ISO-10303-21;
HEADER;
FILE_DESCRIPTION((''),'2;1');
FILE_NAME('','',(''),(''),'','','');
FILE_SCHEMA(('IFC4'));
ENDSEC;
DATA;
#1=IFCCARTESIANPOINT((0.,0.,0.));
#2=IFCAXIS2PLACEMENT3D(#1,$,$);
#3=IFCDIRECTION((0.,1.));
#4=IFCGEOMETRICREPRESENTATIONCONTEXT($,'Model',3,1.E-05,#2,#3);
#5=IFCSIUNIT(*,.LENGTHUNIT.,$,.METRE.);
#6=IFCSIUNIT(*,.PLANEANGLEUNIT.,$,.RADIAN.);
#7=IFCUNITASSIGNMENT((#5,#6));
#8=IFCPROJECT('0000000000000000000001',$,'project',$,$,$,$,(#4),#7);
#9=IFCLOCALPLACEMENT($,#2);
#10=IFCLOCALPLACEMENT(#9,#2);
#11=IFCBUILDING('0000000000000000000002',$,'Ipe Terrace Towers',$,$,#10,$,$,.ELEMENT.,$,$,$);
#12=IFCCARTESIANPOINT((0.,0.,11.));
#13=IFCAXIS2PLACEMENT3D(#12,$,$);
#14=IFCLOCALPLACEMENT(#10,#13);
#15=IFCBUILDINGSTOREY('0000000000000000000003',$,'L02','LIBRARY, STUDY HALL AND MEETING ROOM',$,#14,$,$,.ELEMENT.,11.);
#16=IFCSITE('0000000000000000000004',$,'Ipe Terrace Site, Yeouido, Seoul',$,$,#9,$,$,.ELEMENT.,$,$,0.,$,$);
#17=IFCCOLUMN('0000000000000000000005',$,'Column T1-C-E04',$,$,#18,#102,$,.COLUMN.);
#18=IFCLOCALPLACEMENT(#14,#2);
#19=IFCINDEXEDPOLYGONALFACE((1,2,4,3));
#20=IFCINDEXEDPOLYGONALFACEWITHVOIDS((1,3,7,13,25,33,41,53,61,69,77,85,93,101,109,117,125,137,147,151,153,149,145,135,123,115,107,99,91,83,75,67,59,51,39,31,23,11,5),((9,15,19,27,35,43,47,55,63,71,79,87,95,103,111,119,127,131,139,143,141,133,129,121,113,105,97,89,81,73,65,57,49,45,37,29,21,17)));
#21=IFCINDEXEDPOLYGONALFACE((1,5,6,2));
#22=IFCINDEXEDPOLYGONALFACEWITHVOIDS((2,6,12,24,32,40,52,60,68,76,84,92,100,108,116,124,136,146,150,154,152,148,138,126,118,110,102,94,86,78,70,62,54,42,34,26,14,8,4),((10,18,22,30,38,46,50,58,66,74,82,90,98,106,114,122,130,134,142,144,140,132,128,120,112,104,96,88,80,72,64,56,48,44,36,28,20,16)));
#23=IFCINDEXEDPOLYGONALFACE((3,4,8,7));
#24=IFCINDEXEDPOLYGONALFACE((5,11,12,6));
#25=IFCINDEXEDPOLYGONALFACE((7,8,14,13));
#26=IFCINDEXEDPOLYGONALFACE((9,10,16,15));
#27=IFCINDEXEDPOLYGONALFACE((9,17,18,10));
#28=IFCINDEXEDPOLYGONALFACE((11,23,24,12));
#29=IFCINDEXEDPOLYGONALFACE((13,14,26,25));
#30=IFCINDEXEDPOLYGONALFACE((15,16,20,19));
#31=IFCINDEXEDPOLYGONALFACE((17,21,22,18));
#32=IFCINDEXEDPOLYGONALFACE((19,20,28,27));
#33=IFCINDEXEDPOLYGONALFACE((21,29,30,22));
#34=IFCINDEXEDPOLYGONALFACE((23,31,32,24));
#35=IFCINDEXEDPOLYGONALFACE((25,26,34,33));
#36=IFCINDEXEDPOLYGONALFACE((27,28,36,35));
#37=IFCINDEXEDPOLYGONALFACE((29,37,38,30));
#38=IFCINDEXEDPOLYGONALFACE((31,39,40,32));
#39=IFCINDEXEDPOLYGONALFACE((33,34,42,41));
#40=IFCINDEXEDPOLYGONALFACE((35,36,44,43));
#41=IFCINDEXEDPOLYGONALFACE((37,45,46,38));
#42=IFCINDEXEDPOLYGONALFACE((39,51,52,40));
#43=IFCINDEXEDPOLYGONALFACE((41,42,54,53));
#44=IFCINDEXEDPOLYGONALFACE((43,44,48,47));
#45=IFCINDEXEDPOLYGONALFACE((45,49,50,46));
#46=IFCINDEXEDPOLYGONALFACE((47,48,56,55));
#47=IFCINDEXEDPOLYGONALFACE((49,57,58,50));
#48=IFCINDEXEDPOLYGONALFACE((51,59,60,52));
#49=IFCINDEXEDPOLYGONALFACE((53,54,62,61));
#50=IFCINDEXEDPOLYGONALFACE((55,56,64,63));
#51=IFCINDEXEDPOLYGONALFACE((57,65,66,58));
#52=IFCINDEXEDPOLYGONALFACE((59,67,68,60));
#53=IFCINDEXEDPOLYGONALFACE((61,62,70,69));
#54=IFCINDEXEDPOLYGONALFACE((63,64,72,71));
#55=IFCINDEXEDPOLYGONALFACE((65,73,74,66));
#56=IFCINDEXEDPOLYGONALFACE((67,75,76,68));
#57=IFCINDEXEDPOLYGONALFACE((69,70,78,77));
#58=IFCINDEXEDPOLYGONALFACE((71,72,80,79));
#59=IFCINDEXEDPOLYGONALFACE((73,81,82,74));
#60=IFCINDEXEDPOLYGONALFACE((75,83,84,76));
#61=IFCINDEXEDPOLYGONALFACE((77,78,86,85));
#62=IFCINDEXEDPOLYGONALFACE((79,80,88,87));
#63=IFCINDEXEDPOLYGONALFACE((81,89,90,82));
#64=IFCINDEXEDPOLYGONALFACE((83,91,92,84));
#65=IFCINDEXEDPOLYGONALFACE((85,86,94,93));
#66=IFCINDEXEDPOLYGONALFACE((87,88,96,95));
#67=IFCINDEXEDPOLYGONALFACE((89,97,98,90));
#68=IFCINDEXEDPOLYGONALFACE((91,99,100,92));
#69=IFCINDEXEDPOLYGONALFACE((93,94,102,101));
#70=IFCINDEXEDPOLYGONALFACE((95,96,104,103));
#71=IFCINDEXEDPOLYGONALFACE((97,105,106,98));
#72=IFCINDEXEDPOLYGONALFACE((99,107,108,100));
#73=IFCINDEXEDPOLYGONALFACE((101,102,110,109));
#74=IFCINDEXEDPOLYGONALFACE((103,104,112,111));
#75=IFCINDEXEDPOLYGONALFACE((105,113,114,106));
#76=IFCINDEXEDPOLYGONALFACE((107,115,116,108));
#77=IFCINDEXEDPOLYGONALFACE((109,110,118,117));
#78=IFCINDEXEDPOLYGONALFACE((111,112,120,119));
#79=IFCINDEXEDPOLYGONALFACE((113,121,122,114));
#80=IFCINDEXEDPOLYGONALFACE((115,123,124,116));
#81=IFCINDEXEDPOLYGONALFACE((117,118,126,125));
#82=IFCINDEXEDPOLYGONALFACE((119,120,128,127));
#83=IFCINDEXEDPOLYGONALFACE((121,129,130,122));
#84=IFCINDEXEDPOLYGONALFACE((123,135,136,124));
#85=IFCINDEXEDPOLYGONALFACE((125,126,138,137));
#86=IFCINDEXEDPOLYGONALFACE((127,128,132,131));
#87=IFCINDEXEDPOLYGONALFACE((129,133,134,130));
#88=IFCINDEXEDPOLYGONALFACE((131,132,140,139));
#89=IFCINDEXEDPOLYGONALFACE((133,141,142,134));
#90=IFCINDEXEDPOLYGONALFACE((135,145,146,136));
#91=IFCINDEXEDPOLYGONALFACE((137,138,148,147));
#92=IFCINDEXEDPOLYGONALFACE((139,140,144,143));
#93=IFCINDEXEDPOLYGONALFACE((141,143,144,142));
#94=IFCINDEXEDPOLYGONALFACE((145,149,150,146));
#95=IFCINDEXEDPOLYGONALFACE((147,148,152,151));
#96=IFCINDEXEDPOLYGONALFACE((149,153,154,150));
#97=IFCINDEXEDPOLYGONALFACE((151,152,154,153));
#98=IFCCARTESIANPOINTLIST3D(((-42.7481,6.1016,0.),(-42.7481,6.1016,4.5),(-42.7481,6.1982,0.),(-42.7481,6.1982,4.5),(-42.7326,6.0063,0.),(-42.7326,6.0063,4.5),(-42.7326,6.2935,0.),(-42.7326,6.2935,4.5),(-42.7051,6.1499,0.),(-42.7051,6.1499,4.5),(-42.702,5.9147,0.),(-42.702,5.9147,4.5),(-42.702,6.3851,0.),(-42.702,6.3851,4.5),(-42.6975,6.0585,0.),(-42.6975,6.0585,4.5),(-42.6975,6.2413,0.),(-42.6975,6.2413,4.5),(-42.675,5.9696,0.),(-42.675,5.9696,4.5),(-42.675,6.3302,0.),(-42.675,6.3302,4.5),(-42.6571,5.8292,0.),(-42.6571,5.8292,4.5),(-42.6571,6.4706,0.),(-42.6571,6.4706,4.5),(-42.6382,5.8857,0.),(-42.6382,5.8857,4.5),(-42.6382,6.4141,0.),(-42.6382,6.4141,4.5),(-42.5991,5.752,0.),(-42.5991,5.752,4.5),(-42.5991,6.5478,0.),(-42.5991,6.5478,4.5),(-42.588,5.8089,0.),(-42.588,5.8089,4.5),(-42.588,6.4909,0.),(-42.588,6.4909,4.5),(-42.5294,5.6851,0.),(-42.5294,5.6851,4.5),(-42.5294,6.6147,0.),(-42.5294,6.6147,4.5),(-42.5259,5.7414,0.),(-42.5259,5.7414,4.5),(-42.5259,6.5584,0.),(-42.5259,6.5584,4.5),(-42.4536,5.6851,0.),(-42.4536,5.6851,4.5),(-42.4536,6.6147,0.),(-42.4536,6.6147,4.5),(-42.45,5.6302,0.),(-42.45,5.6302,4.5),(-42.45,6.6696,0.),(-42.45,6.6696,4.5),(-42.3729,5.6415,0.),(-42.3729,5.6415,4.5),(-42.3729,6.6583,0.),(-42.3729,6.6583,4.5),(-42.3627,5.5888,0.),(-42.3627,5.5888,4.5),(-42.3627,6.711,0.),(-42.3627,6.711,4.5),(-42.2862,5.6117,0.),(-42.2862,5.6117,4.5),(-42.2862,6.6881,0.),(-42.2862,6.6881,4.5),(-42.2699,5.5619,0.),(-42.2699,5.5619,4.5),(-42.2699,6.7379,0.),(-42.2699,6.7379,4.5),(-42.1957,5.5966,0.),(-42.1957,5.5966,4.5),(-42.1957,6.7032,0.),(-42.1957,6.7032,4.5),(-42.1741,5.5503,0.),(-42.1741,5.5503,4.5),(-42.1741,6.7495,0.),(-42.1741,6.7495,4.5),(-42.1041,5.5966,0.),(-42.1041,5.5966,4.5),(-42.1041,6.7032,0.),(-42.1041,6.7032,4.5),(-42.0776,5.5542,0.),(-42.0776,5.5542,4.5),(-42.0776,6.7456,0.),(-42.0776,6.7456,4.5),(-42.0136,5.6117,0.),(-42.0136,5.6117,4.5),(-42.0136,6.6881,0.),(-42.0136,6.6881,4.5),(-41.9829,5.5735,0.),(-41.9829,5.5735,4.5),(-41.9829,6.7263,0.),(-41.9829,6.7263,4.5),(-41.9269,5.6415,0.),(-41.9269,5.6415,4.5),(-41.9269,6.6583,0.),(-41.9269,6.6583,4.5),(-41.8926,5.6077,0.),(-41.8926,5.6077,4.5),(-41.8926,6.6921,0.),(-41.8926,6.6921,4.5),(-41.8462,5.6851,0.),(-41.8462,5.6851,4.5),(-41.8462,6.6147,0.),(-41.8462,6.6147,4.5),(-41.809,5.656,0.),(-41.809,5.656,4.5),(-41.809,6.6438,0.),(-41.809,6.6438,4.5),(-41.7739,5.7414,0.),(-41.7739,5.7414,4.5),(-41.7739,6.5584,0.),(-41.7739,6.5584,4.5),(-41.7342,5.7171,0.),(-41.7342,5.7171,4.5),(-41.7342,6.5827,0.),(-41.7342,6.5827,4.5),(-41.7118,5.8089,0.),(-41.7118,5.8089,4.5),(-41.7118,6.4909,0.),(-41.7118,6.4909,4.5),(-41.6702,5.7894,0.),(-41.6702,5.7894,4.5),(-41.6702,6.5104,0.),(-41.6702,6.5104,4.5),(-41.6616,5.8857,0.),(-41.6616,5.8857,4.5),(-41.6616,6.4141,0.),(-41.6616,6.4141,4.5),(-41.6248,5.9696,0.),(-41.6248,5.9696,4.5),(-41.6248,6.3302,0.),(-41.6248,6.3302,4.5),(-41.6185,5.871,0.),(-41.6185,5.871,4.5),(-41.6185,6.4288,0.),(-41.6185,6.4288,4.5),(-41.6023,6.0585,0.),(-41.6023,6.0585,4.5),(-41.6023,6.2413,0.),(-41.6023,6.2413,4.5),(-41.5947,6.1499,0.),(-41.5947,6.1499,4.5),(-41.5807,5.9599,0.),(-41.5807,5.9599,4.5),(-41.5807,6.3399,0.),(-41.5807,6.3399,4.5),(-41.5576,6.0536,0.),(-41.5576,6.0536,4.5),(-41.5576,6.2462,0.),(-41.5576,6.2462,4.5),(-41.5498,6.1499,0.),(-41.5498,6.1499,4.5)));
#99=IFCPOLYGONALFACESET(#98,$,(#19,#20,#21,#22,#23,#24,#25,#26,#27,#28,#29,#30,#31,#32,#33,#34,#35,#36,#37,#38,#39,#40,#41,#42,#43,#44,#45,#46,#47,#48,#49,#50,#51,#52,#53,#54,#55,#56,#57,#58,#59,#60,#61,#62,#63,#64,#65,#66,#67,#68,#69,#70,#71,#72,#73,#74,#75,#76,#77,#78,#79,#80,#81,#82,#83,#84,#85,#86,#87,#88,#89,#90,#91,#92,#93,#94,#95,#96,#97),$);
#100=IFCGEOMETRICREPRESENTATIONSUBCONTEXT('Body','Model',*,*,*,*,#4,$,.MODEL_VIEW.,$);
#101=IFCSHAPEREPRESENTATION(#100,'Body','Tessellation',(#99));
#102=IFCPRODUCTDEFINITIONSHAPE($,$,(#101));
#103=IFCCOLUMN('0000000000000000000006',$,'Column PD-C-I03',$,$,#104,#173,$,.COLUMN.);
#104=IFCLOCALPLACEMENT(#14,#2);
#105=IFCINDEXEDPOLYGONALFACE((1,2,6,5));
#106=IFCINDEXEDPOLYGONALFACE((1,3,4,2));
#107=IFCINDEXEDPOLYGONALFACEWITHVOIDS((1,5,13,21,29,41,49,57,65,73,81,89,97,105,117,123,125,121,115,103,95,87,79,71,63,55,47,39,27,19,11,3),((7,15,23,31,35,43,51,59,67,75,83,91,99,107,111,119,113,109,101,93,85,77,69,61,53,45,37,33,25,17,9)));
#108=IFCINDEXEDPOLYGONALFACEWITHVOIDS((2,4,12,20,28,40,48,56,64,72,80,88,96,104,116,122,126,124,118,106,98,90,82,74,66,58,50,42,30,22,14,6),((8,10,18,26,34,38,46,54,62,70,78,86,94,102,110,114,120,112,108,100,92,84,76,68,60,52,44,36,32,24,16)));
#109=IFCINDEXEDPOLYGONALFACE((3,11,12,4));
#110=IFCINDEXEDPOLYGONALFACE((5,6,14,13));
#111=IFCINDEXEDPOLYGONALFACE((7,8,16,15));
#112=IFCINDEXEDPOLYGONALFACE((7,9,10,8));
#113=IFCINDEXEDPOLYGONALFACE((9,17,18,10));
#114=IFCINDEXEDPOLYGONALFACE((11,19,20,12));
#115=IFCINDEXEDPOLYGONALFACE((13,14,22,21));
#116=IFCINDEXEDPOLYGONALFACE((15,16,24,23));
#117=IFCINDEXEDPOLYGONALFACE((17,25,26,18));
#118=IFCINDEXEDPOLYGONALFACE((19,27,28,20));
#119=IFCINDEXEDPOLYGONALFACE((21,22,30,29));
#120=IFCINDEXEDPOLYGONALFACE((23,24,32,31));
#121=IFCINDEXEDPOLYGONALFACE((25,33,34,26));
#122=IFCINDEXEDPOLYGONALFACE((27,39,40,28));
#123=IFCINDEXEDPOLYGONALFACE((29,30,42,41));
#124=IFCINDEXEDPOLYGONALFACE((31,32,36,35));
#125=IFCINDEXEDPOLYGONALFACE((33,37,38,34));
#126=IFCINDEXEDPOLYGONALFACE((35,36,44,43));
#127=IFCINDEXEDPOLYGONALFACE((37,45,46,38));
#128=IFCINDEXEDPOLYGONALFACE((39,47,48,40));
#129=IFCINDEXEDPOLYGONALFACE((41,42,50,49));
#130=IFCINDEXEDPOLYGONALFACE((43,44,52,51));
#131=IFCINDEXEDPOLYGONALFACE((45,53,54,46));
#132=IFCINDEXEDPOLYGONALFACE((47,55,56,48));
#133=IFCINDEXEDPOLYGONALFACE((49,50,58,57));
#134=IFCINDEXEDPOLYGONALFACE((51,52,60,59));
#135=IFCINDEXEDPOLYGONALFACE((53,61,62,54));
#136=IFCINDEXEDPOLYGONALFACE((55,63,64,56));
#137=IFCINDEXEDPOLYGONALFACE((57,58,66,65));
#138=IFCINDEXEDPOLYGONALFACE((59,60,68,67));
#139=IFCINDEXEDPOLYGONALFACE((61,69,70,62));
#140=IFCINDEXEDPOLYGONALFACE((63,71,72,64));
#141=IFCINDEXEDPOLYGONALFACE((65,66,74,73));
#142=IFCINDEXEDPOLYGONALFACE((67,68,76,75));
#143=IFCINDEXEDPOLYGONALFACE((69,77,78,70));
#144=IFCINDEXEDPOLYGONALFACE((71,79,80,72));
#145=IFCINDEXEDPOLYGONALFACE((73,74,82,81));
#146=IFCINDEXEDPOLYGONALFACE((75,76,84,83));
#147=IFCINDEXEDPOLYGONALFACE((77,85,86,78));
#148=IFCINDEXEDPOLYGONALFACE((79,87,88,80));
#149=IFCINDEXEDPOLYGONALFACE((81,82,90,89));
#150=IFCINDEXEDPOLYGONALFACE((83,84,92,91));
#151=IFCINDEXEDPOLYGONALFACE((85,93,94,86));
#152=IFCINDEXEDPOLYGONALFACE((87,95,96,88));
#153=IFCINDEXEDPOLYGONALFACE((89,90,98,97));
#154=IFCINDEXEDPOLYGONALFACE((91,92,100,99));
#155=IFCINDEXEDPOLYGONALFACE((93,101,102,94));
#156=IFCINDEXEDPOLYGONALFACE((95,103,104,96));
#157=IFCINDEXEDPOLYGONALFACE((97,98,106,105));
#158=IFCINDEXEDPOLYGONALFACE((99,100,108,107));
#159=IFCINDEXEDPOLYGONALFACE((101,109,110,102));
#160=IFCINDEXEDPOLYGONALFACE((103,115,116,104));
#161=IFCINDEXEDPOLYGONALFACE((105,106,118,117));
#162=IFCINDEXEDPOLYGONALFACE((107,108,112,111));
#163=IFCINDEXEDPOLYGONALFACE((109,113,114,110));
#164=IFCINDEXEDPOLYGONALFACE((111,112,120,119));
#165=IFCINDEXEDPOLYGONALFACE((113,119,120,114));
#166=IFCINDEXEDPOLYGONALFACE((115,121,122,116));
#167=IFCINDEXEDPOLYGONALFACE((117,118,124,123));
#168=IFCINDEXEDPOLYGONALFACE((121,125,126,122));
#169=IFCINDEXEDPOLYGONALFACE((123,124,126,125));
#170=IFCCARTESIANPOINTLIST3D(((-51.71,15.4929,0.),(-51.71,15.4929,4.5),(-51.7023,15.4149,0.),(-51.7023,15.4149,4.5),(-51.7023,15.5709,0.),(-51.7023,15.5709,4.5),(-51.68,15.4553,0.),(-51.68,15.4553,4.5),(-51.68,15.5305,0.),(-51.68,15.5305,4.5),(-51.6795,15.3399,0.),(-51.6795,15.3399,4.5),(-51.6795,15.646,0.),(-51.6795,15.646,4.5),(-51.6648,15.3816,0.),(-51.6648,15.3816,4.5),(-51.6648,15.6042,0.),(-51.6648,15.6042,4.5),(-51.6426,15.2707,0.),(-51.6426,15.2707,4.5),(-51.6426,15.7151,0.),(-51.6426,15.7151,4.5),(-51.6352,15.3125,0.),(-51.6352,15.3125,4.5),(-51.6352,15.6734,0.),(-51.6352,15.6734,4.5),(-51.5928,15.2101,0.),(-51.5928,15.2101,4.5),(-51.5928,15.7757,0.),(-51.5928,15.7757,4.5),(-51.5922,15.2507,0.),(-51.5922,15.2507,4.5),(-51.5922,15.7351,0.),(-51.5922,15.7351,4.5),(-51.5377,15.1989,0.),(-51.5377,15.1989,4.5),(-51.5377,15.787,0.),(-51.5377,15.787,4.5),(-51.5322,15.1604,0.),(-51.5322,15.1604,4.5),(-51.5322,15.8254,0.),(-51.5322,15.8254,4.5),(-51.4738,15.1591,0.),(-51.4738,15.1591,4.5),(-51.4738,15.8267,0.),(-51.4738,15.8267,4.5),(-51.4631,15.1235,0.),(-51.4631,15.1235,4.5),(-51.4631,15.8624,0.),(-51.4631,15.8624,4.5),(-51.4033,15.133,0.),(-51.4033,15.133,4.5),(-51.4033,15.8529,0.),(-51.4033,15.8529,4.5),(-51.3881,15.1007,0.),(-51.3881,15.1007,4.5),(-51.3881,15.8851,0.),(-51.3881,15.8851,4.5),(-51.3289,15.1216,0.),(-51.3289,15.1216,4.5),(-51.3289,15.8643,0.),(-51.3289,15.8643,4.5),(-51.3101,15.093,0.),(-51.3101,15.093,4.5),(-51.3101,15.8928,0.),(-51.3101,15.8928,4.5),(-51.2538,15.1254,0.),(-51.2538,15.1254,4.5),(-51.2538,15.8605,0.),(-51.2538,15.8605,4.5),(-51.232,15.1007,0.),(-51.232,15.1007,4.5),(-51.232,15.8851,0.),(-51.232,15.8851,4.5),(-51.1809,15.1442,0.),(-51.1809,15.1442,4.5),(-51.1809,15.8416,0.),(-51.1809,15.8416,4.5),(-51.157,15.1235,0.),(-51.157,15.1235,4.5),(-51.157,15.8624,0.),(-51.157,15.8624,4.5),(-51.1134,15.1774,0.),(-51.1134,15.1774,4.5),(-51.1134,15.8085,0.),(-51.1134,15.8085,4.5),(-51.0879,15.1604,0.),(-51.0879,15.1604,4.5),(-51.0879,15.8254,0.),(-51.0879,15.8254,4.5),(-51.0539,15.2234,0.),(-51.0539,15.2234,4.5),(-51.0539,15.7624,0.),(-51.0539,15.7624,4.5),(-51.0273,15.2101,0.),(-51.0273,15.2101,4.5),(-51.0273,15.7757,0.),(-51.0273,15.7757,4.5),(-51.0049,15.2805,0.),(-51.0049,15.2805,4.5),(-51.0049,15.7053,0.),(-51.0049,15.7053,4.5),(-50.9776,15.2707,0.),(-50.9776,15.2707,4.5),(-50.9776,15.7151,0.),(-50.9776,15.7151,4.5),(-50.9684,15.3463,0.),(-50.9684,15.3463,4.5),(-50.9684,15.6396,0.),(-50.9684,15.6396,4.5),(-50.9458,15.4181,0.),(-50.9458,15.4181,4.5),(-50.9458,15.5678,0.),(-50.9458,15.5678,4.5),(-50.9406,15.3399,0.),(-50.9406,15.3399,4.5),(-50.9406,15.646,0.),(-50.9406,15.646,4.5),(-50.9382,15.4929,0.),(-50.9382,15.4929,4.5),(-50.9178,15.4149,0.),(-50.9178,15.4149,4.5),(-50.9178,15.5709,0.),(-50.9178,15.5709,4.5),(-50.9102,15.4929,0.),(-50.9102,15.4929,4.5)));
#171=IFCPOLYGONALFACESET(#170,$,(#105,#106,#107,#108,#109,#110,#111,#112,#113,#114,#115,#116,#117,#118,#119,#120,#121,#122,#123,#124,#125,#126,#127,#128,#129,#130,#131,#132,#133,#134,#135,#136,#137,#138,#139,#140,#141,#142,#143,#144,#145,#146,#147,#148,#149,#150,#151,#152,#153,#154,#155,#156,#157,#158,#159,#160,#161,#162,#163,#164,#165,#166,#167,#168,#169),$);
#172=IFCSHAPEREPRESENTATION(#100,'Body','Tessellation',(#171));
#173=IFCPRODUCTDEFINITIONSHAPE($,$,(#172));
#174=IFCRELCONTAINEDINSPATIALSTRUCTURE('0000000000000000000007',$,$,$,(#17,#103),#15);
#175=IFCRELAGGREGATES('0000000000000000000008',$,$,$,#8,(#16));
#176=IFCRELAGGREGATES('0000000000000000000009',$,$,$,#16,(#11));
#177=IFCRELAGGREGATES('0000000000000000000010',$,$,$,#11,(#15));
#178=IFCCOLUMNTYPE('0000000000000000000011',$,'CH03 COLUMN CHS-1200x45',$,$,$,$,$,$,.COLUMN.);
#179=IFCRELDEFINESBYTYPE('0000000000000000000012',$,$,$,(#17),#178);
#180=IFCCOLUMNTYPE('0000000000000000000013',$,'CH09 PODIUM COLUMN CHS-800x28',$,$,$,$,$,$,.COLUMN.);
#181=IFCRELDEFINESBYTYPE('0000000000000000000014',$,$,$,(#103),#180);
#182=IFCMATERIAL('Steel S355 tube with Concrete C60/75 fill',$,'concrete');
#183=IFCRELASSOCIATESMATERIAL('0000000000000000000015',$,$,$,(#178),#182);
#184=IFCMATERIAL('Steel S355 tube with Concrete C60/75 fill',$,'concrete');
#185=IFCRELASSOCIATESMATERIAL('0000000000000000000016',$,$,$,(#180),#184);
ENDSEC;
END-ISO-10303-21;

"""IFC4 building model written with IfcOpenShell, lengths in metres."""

from ifc_helpers import new_model, si_unit, direction, frame, origin, origin_2d, place, context, subcontext, project, spatial, hollow_circle, extrude, material, material_profile, profile_set, type_object, element, save


model = new_model("IFC4")

# Units and contexts
model_context = context("Model", 3, precision=1e-05, world=origin(), true_north=direction((0.0, 1.0)))
body_context = subcontext(model_context, "Body", "Model", "MODEL_VIEW")
ifc_project = project(units=[si_unit("LENGTHUNIT", "METRE"), si_unit("PLANEANGLEUNIT", "RADIAN")], contexts=[model_context])

# Site, building, storey
site_placement = place(None, origin())
site = spatial("IfcSite", under=ifc_project, at=site_placement, Name="Ipe Terrace Site, Yeouido, Seoul", CompositionType="ELEMENT", RefElevation=0.0)
building_placement = place(site_placement, origin())
building = spatial("IfcBuilding", under=site, at=building_placement, Name="Ipe Terrace Towers", CompositionType="ELEMENT")
storey_placement = place(building_placement, frame((0.0, 0.0, 11.0)))
storey = spatial("IfcBuildingStorey", under=building, at=storey_placement, Name="L02", Description="LIBRARY, STUDY HALL AND MEETING ROOM", CompositionType="ELEMENT", Elevation=11.0)

# Columns
ifc_material_1 = material(Name="Steel S355 tube with Concrete C60/75 fill", Category="concrete")
ifc_material_profile_1 = material_profile(ifc_material_1, hollow_circle(Radius=0.6001, WallThickness=0.0449, at=origin_2d()), Name="CHS-1200x45")
ifc_profile_set_1 = profile_set([ifc_material_profile_1], Name="Steel S355 tube with Concrete C60/75 fill")
column_type_1 = type_object("IfcColumnType", Name="CH03 COLUMN CHS-1200x45", PredefinedType="COLUMN", material=ifc_profile_set_1)
column_1_placement = place(storey_placement, frame((-42.1499, 6.1499, 0.0), z_axis=(0.0, 0.0, 1.0), x_axis=(1.0, 0.0, 0.0)))
element("IfcColumn", 1, at=column_1_placement, inside=storey, type_object=column_type_1, Name="Column T1-C-E04", PredefinedType="COLUMN", context=body_context, shape_type="SweptSolid", body=[
    extrude(hollow_circle(Radius=0.6001, WallThickness=0.0449, at=origin_2d()), origin(), (0.0, 0.0, 1.0), 4.5),
])
ifc_material_2 = material(Name="Steel S355 tube with Concrete C60/75 fill", Category="concrete")
ifc_material_profile_2 = material_profile(ifc_material_2, hollow_circle(Radius=0.3999, WallThickness=0.0281, at=origin_2d()), Name="CHS-800x28")
ifc_profile_set_2 = profile_set([ifc_material_profile_2], Name="Steel S355 tube with Concrete C60/75 fill")
column_type_2 = type_object("IfcColumnType", Name="CH09 PODIUM COLUMN CHS-800x28", PredefinedType="COLUMN", material=ifc_profile_set_2)
column_2_placement = place(storey_placement, frame((-51.3101, 15.4929, 0.0), z_axis=(0.0, 0.0, 1.0), x_axis=(1.0, 0.0, 0.0)))
element("IfcColumn", 2, at=column_2_placement, inside=storey, type_object=column_type_2, Name="Column PD-C-I03", PredefinedType="COLUMN", context=body_context, shape_type="SweptSolid", body=[
    extrude(hollow_circle(Radius=0.3999, WallThickness=0.0281, at=origin_2d()), origin(), (0.0, 0.0, 1.0), 4.5),
])

save(model, "model.ifc")
